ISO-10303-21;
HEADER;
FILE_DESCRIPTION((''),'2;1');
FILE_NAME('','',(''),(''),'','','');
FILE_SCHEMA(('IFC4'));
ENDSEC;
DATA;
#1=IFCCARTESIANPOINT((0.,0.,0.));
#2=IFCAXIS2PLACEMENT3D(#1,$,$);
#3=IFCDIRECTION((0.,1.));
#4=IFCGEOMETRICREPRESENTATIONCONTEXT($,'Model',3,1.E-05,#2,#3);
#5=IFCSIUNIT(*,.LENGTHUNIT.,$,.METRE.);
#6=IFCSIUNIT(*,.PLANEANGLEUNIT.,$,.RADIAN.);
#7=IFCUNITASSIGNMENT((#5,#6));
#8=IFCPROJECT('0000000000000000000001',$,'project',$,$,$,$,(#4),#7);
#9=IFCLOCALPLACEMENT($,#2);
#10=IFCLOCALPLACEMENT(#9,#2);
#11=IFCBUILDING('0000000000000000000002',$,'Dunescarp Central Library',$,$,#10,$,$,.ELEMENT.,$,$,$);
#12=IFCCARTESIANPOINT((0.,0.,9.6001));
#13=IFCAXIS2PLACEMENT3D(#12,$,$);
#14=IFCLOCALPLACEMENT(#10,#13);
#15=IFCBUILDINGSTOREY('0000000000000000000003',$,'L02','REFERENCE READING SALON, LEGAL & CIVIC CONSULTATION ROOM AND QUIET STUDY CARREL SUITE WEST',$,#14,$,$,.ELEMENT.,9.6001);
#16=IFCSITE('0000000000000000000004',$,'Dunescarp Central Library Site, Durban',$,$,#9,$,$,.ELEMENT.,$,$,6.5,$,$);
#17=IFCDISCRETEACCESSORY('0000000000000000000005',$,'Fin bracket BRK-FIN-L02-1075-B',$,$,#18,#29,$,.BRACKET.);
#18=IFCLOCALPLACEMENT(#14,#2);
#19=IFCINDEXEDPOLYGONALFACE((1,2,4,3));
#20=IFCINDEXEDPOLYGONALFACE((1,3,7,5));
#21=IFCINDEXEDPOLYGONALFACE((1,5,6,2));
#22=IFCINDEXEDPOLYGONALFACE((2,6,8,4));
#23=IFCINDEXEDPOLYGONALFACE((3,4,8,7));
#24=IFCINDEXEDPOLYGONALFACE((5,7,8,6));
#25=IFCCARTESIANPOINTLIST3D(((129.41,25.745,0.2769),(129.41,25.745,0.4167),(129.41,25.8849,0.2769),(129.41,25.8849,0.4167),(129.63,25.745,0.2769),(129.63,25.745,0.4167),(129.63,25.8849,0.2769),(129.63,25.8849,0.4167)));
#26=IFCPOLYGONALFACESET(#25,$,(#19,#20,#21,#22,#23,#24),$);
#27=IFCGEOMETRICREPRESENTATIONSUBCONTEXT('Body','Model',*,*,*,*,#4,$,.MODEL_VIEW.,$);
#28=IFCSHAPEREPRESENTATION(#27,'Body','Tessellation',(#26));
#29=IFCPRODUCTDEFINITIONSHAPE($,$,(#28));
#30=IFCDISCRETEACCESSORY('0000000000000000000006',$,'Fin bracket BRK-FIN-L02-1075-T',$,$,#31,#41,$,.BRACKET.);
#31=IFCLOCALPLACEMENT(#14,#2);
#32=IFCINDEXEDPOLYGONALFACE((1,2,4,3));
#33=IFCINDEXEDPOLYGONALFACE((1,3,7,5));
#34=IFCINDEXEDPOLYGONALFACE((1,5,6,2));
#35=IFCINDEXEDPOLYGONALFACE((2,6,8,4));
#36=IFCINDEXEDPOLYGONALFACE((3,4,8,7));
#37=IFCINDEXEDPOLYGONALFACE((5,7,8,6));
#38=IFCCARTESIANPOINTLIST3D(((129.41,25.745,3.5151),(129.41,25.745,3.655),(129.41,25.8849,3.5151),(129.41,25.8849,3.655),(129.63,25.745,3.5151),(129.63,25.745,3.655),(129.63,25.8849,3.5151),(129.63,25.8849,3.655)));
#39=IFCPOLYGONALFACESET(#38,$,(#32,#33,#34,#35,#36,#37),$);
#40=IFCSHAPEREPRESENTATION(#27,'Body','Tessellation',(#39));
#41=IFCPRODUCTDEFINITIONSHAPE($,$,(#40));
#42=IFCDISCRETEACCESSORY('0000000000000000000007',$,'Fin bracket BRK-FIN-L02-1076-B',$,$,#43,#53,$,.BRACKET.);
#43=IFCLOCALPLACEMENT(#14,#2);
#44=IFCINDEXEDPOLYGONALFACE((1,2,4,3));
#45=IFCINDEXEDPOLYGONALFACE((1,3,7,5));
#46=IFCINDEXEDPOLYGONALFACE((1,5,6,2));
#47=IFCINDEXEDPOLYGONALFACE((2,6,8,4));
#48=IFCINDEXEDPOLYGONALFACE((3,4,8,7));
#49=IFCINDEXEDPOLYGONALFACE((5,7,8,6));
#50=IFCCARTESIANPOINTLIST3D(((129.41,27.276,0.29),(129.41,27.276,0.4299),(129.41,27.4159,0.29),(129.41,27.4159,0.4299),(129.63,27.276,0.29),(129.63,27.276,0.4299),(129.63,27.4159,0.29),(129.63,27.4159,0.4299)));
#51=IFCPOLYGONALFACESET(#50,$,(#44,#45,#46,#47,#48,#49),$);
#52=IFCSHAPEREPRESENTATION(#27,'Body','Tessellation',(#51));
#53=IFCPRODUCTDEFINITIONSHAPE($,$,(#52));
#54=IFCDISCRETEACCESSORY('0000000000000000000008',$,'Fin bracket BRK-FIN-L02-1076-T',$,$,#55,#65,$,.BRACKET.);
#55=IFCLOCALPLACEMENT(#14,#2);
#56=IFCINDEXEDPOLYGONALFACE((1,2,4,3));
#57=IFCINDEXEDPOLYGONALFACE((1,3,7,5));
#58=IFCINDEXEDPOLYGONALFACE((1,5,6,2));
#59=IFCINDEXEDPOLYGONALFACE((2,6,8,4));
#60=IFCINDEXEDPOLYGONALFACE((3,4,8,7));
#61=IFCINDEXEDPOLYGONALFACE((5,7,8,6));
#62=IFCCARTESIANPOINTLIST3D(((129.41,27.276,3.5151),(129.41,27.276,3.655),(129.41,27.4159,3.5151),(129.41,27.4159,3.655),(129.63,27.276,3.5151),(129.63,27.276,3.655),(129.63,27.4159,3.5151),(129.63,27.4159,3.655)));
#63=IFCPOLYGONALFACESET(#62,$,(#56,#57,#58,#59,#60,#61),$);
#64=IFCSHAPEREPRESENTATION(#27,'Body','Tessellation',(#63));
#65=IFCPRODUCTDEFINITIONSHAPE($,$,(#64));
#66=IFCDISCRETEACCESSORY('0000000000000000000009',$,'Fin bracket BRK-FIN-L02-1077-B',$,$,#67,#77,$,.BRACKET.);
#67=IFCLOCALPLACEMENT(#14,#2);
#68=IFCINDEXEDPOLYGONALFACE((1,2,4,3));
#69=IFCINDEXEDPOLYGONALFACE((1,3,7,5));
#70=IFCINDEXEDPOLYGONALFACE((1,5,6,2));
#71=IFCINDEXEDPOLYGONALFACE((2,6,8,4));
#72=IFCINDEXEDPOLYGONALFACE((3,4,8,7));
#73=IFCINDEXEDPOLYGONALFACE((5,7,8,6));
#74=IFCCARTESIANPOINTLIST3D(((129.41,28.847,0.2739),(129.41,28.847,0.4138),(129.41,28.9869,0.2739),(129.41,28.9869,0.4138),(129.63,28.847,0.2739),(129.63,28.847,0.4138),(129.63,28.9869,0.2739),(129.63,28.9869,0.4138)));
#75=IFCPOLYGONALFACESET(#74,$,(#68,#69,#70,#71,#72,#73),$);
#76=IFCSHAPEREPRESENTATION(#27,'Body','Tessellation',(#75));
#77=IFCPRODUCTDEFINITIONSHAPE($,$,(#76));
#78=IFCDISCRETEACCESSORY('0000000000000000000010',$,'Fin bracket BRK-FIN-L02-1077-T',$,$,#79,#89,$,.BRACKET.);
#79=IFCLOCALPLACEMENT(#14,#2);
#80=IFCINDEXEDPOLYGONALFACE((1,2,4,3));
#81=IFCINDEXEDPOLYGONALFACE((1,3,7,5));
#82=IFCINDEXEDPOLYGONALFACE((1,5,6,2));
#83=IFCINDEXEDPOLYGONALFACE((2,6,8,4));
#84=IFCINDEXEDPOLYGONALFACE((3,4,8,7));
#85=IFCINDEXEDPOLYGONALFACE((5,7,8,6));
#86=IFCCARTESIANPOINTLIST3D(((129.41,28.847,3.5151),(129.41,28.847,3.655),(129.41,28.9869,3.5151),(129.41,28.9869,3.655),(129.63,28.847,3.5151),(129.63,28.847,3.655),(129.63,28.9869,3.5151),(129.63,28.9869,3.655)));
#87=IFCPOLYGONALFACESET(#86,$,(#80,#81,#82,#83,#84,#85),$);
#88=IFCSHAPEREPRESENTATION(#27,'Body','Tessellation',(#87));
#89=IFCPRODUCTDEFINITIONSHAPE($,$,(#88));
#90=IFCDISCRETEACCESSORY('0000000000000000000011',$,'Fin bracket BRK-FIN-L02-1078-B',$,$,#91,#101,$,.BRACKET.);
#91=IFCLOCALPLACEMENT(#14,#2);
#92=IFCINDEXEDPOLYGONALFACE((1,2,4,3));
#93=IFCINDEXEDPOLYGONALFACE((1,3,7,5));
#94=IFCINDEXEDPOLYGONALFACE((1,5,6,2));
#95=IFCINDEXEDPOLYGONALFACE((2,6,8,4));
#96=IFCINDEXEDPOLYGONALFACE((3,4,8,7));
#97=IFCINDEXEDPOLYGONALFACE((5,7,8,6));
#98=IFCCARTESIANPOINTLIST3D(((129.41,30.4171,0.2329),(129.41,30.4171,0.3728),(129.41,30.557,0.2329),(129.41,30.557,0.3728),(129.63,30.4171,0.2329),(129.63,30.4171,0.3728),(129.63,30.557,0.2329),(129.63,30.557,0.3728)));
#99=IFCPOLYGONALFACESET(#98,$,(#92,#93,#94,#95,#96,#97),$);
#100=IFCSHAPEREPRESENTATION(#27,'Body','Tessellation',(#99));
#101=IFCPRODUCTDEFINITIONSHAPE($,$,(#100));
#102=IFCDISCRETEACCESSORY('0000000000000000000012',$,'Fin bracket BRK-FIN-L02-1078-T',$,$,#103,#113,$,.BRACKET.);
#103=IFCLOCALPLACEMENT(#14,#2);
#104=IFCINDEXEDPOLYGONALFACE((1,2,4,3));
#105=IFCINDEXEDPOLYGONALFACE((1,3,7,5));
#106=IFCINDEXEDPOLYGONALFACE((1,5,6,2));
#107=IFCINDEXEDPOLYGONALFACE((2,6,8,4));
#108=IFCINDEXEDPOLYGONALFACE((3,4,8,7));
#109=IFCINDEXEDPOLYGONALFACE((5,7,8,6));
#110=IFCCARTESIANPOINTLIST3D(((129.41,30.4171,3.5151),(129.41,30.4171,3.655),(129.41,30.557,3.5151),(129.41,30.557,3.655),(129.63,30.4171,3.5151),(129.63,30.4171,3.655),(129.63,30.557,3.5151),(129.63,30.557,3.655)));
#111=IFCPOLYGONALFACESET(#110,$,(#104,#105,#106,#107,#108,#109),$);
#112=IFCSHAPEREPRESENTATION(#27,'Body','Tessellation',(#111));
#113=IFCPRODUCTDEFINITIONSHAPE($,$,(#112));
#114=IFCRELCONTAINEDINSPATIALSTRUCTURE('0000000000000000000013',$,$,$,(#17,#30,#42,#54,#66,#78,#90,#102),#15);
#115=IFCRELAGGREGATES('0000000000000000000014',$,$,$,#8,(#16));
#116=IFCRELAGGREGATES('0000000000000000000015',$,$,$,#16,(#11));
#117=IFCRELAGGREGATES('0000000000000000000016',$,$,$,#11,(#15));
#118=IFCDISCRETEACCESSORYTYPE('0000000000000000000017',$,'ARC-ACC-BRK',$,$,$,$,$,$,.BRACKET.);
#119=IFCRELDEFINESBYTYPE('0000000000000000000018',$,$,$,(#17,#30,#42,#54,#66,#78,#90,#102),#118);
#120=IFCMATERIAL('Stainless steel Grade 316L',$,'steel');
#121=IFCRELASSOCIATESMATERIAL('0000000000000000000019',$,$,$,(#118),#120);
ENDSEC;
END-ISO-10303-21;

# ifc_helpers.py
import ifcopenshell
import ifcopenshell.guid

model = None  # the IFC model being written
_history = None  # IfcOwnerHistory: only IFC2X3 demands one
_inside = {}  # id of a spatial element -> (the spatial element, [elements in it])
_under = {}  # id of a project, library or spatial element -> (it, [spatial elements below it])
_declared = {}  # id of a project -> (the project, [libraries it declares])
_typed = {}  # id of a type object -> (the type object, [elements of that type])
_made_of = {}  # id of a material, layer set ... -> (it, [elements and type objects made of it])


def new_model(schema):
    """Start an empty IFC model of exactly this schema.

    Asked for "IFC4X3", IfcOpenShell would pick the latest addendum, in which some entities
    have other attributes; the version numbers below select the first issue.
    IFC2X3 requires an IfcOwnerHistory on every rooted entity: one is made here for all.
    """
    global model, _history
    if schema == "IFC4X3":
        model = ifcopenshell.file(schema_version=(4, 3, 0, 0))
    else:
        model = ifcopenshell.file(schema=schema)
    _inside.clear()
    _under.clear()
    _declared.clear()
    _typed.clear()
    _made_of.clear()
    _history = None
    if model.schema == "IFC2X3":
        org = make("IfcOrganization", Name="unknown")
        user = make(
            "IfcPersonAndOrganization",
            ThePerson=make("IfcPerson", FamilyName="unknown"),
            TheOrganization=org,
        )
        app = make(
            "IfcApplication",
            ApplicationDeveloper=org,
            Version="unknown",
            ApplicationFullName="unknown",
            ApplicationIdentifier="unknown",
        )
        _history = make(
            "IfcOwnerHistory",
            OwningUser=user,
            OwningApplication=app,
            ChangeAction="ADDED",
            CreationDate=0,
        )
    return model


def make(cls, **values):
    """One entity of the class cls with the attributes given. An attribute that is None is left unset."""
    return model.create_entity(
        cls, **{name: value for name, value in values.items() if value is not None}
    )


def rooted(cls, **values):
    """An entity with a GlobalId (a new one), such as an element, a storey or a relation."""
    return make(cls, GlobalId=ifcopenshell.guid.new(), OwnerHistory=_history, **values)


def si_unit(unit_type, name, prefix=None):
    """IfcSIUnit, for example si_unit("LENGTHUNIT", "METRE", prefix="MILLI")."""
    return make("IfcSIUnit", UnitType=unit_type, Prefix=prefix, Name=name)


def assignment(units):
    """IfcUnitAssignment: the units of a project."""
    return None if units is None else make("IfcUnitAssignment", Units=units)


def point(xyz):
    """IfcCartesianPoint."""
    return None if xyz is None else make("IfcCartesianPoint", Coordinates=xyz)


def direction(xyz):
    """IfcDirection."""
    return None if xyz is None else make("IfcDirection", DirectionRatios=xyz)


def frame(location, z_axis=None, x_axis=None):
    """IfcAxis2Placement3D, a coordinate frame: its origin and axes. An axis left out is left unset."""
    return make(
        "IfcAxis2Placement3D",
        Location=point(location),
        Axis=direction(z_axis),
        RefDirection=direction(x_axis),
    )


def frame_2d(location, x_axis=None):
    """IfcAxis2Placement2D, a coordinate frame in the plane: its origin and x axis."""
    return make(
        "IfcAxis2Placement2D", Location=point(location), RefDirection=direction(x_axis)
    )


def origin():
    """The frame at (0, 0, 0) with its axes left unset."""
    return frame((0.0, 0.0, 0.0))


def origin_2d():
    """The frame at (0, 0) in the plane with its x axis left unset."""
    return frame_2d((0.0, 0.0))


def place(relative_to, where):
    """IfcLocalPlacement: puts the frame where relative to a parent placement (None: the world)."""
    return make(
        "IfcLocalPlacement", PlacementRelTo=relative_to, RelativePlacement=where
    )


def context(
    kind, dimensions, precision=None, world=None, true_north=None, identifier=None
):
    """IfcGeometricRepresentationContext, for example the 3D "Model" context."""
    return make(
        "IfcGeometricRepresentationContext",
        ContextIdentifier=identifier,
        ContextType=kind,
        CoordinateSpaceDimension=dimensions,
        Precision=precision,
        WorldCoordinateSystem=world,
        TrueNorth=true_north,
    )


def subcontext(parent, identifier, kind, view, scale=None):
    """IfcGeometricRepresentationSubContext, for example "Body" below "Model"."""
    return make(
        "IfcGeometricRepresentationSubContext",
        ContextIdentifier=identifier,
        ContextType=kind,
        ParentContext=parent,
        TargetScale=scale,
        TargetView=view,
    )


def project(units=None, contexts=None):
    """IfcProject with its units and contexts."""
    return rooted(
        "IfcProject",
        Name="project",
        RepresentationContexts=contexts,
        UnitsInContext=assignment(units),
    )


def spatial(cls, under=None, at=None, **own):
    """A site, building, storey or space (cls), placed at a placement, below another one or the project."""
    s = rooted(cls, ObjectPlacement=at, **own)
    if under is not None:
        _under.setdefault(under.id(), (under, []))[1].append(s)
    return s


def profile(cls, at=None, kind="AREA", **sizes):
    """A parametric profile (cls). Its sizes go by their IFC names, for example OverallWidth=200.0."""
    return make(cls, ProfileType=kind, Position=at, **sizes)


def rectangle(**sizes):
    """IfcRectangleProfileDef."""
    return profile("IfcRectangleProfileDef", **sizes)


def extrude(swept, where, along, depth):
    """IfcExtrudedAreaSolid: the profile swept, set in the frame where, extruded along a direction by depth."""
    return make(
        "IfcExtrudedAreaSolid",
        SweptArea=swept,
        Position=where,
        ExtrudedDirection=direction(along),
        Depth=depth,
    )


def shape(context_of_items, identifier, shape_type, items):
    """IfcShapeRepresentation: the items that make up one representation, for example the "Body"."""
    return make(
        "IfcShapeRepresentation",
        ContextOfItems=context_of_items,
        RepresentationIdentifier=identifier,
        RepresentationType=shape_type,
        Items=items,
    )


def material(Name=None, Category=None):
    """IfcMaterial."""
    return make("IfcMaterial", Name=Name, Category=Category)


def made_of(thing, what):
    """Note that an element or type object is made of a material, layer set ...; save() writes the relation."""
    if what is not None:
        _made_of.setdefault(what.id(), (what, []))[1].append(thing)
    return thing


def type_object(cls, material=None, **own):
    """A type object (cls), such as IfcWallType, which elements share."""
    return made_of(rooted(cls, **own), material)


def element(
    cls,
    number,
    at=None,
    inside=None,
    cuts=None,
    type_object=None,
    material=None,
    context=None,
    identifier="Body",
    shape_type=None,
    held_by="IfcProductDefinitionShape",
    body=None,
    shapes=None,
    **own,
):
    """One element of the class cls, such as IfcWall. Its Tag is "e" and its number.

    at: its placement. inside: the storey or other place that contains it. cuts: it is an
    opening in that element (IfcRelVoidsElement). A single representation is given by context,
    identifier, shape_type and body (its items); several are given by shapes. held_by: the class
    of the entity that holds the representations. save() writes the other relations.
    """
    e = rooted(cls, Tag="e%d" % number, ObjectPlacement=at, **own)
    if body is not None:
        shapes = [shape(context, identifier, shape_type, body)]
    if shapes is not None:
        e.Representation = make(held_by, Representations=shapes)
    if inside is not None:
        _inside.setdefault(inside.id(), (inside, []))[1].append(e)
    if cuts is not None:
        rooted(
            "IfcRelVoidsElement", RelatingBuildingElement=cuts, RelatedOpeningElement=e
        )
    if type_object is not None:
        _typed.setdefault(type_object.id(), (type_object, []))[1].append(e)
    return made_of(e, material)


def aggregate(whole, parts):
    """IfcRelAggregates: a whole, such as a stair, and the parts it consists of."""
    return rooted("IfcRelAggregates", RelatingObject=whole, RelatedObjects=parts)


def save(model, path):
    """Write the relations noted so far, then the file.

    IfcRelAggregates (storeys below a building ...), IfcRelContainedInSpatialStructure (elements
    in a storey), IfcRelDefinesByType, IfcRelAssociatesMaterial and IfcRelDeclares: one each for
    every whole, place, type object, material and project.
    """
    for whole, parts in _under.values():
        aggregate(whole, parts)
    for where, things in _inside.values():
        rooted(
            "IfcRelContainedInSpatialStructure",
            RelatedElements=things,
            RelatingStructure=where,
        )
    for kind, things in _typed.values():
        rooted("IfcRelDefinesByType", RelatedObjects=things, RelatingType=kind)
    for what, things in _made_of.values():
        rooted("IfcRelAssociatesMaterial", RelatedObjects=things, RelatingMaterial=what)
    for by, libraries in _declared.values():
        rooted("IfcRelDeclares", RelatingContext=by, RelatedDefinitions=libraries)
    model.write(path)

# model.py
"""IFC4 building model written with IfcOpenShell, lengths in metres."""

from ifc_helpers import new_model, si_unit, direction, frame, origin, origin_2d, place, context, subcontext, project, spatial, rectangle, extrude, material, type_object, element, save


model = new_model("IFC4")

# Units and contexts
model_context = context("Model", 3, precision=1e-05, world=origin(), true_north=direction((0.0, 1.0)))
body_context = subcontext(model_context, "Body", "Model", "MODEL_VIEW")
ifc_project = project(units=[si_unit("LENGTHUNIT", "METRE"), si_unit("PLANEANGLEUNIT", "RADIAN")], contexts=[model_context])

# Site, building, storey
site_placement = place(None, origin())
site = spatial("IfcSite", under=ifc_project, at=site_placement, Name="Dunescarp Central Library Site, Durban", CompositionType="ELEMENT", RefElevation=6.5)
building_placement = place(site_placement, origin())
building = spatial("IfcBuilding", under=site, at=building_placement, Name="Dunescarp Central Library", CompositionType="ELEMENT")
storey_placement = place(building_placement, frame((0.0, 0.0, 9.6001)))
storey = spatial("IfcBuildingStorey", under=building, at=storey_placement, Name="L02", Description="REFERENCE READING SALON, LEGAL & CIVIC CONSULTATION ROOM AND QUIET STUDY CARREL SUITE WEST", CompositionType="ELEMENT", Elevation=9.6001)

# Discrete accessories
ifc_material_1 = material(Name="Stainless steel Grade 316L", Category="steel")
discrete_accessory_type = type_object("IfcDiscreteAccessoryType", Name="ARC-ACC-BRK", PredefinedType="BRACKET", material=ifc_material_1)
for number, where, z_axis, x_axis, name in (
    (1, (129.52, 25.8149, 0.2769), (0.0, 0.0, 1.0), (-1.0, 0.0, 0.0), "Fin bracket BRK-FIN-L02-1075-B"),
    (2, (129.52, 25.8149, 3.5151), (0.0, 0.0, 1.0), (-1.0, 0.0, 0.0), "Fin bracket BRK-FIN-L02-1075-T"),
    (3, (129.52, 27.3459, 0.29), (0.0, 0.0, 1.0), (-1.0, 0.0, 0.0), "Fin bracket BRK-FIN-L02-1076-B"),
    (4, (129.52, 27.3459, 3.5151), (0.0, 0.0, 1.0), (-1.0, 0.0, 0.0), "Fin bracket BRK-FIN-L02-1076-T"),
    (5, (129.52, 28.917, 0.2739), (0.0, 0.0, 1.0), (-1.0, 0.0, 0.0), "Fin bracket BRK-FIN-L02-1077-B"),
    (6, (129.52, 28.917, 3.5151), (0.0, 0.0, 1.0), (-1.0, 0.0, 0.0), "Fin bracket BRK-FIN-L02-1077-T"),
    (7, (129.52, 30.4871, 0.2329), (0.0, 0.0, 1.0), (-1.0, 0.0, 0.0), "Fin bracket BRK-FIN-L02-1078-B"),
    (8, (129.52, 30.4871, 3.5151), (0.0, 0.0, 1.0), (-1.0, 0.0, 0.0), "Fin bracket BRK-FIN-L02-1078-T"),
):
    element("IfcDiscreteAccessory", number, at=place(storey_placement, frame(where, z_axis=z_axis, x_axis=x_axis)), inside=storey, type_object=discrete_accessory_type, Name=name, PredefinedType="BRACKET", context=body_context, shape_type="SweptSolid", body=[
        extrude(rectangle(XDim=0.22, YDim=0.1399, at=origin_2d()), origin(), (0.0, 0.0, 1.0), 0.1399),
    ])

save(model, "model.ifc")
